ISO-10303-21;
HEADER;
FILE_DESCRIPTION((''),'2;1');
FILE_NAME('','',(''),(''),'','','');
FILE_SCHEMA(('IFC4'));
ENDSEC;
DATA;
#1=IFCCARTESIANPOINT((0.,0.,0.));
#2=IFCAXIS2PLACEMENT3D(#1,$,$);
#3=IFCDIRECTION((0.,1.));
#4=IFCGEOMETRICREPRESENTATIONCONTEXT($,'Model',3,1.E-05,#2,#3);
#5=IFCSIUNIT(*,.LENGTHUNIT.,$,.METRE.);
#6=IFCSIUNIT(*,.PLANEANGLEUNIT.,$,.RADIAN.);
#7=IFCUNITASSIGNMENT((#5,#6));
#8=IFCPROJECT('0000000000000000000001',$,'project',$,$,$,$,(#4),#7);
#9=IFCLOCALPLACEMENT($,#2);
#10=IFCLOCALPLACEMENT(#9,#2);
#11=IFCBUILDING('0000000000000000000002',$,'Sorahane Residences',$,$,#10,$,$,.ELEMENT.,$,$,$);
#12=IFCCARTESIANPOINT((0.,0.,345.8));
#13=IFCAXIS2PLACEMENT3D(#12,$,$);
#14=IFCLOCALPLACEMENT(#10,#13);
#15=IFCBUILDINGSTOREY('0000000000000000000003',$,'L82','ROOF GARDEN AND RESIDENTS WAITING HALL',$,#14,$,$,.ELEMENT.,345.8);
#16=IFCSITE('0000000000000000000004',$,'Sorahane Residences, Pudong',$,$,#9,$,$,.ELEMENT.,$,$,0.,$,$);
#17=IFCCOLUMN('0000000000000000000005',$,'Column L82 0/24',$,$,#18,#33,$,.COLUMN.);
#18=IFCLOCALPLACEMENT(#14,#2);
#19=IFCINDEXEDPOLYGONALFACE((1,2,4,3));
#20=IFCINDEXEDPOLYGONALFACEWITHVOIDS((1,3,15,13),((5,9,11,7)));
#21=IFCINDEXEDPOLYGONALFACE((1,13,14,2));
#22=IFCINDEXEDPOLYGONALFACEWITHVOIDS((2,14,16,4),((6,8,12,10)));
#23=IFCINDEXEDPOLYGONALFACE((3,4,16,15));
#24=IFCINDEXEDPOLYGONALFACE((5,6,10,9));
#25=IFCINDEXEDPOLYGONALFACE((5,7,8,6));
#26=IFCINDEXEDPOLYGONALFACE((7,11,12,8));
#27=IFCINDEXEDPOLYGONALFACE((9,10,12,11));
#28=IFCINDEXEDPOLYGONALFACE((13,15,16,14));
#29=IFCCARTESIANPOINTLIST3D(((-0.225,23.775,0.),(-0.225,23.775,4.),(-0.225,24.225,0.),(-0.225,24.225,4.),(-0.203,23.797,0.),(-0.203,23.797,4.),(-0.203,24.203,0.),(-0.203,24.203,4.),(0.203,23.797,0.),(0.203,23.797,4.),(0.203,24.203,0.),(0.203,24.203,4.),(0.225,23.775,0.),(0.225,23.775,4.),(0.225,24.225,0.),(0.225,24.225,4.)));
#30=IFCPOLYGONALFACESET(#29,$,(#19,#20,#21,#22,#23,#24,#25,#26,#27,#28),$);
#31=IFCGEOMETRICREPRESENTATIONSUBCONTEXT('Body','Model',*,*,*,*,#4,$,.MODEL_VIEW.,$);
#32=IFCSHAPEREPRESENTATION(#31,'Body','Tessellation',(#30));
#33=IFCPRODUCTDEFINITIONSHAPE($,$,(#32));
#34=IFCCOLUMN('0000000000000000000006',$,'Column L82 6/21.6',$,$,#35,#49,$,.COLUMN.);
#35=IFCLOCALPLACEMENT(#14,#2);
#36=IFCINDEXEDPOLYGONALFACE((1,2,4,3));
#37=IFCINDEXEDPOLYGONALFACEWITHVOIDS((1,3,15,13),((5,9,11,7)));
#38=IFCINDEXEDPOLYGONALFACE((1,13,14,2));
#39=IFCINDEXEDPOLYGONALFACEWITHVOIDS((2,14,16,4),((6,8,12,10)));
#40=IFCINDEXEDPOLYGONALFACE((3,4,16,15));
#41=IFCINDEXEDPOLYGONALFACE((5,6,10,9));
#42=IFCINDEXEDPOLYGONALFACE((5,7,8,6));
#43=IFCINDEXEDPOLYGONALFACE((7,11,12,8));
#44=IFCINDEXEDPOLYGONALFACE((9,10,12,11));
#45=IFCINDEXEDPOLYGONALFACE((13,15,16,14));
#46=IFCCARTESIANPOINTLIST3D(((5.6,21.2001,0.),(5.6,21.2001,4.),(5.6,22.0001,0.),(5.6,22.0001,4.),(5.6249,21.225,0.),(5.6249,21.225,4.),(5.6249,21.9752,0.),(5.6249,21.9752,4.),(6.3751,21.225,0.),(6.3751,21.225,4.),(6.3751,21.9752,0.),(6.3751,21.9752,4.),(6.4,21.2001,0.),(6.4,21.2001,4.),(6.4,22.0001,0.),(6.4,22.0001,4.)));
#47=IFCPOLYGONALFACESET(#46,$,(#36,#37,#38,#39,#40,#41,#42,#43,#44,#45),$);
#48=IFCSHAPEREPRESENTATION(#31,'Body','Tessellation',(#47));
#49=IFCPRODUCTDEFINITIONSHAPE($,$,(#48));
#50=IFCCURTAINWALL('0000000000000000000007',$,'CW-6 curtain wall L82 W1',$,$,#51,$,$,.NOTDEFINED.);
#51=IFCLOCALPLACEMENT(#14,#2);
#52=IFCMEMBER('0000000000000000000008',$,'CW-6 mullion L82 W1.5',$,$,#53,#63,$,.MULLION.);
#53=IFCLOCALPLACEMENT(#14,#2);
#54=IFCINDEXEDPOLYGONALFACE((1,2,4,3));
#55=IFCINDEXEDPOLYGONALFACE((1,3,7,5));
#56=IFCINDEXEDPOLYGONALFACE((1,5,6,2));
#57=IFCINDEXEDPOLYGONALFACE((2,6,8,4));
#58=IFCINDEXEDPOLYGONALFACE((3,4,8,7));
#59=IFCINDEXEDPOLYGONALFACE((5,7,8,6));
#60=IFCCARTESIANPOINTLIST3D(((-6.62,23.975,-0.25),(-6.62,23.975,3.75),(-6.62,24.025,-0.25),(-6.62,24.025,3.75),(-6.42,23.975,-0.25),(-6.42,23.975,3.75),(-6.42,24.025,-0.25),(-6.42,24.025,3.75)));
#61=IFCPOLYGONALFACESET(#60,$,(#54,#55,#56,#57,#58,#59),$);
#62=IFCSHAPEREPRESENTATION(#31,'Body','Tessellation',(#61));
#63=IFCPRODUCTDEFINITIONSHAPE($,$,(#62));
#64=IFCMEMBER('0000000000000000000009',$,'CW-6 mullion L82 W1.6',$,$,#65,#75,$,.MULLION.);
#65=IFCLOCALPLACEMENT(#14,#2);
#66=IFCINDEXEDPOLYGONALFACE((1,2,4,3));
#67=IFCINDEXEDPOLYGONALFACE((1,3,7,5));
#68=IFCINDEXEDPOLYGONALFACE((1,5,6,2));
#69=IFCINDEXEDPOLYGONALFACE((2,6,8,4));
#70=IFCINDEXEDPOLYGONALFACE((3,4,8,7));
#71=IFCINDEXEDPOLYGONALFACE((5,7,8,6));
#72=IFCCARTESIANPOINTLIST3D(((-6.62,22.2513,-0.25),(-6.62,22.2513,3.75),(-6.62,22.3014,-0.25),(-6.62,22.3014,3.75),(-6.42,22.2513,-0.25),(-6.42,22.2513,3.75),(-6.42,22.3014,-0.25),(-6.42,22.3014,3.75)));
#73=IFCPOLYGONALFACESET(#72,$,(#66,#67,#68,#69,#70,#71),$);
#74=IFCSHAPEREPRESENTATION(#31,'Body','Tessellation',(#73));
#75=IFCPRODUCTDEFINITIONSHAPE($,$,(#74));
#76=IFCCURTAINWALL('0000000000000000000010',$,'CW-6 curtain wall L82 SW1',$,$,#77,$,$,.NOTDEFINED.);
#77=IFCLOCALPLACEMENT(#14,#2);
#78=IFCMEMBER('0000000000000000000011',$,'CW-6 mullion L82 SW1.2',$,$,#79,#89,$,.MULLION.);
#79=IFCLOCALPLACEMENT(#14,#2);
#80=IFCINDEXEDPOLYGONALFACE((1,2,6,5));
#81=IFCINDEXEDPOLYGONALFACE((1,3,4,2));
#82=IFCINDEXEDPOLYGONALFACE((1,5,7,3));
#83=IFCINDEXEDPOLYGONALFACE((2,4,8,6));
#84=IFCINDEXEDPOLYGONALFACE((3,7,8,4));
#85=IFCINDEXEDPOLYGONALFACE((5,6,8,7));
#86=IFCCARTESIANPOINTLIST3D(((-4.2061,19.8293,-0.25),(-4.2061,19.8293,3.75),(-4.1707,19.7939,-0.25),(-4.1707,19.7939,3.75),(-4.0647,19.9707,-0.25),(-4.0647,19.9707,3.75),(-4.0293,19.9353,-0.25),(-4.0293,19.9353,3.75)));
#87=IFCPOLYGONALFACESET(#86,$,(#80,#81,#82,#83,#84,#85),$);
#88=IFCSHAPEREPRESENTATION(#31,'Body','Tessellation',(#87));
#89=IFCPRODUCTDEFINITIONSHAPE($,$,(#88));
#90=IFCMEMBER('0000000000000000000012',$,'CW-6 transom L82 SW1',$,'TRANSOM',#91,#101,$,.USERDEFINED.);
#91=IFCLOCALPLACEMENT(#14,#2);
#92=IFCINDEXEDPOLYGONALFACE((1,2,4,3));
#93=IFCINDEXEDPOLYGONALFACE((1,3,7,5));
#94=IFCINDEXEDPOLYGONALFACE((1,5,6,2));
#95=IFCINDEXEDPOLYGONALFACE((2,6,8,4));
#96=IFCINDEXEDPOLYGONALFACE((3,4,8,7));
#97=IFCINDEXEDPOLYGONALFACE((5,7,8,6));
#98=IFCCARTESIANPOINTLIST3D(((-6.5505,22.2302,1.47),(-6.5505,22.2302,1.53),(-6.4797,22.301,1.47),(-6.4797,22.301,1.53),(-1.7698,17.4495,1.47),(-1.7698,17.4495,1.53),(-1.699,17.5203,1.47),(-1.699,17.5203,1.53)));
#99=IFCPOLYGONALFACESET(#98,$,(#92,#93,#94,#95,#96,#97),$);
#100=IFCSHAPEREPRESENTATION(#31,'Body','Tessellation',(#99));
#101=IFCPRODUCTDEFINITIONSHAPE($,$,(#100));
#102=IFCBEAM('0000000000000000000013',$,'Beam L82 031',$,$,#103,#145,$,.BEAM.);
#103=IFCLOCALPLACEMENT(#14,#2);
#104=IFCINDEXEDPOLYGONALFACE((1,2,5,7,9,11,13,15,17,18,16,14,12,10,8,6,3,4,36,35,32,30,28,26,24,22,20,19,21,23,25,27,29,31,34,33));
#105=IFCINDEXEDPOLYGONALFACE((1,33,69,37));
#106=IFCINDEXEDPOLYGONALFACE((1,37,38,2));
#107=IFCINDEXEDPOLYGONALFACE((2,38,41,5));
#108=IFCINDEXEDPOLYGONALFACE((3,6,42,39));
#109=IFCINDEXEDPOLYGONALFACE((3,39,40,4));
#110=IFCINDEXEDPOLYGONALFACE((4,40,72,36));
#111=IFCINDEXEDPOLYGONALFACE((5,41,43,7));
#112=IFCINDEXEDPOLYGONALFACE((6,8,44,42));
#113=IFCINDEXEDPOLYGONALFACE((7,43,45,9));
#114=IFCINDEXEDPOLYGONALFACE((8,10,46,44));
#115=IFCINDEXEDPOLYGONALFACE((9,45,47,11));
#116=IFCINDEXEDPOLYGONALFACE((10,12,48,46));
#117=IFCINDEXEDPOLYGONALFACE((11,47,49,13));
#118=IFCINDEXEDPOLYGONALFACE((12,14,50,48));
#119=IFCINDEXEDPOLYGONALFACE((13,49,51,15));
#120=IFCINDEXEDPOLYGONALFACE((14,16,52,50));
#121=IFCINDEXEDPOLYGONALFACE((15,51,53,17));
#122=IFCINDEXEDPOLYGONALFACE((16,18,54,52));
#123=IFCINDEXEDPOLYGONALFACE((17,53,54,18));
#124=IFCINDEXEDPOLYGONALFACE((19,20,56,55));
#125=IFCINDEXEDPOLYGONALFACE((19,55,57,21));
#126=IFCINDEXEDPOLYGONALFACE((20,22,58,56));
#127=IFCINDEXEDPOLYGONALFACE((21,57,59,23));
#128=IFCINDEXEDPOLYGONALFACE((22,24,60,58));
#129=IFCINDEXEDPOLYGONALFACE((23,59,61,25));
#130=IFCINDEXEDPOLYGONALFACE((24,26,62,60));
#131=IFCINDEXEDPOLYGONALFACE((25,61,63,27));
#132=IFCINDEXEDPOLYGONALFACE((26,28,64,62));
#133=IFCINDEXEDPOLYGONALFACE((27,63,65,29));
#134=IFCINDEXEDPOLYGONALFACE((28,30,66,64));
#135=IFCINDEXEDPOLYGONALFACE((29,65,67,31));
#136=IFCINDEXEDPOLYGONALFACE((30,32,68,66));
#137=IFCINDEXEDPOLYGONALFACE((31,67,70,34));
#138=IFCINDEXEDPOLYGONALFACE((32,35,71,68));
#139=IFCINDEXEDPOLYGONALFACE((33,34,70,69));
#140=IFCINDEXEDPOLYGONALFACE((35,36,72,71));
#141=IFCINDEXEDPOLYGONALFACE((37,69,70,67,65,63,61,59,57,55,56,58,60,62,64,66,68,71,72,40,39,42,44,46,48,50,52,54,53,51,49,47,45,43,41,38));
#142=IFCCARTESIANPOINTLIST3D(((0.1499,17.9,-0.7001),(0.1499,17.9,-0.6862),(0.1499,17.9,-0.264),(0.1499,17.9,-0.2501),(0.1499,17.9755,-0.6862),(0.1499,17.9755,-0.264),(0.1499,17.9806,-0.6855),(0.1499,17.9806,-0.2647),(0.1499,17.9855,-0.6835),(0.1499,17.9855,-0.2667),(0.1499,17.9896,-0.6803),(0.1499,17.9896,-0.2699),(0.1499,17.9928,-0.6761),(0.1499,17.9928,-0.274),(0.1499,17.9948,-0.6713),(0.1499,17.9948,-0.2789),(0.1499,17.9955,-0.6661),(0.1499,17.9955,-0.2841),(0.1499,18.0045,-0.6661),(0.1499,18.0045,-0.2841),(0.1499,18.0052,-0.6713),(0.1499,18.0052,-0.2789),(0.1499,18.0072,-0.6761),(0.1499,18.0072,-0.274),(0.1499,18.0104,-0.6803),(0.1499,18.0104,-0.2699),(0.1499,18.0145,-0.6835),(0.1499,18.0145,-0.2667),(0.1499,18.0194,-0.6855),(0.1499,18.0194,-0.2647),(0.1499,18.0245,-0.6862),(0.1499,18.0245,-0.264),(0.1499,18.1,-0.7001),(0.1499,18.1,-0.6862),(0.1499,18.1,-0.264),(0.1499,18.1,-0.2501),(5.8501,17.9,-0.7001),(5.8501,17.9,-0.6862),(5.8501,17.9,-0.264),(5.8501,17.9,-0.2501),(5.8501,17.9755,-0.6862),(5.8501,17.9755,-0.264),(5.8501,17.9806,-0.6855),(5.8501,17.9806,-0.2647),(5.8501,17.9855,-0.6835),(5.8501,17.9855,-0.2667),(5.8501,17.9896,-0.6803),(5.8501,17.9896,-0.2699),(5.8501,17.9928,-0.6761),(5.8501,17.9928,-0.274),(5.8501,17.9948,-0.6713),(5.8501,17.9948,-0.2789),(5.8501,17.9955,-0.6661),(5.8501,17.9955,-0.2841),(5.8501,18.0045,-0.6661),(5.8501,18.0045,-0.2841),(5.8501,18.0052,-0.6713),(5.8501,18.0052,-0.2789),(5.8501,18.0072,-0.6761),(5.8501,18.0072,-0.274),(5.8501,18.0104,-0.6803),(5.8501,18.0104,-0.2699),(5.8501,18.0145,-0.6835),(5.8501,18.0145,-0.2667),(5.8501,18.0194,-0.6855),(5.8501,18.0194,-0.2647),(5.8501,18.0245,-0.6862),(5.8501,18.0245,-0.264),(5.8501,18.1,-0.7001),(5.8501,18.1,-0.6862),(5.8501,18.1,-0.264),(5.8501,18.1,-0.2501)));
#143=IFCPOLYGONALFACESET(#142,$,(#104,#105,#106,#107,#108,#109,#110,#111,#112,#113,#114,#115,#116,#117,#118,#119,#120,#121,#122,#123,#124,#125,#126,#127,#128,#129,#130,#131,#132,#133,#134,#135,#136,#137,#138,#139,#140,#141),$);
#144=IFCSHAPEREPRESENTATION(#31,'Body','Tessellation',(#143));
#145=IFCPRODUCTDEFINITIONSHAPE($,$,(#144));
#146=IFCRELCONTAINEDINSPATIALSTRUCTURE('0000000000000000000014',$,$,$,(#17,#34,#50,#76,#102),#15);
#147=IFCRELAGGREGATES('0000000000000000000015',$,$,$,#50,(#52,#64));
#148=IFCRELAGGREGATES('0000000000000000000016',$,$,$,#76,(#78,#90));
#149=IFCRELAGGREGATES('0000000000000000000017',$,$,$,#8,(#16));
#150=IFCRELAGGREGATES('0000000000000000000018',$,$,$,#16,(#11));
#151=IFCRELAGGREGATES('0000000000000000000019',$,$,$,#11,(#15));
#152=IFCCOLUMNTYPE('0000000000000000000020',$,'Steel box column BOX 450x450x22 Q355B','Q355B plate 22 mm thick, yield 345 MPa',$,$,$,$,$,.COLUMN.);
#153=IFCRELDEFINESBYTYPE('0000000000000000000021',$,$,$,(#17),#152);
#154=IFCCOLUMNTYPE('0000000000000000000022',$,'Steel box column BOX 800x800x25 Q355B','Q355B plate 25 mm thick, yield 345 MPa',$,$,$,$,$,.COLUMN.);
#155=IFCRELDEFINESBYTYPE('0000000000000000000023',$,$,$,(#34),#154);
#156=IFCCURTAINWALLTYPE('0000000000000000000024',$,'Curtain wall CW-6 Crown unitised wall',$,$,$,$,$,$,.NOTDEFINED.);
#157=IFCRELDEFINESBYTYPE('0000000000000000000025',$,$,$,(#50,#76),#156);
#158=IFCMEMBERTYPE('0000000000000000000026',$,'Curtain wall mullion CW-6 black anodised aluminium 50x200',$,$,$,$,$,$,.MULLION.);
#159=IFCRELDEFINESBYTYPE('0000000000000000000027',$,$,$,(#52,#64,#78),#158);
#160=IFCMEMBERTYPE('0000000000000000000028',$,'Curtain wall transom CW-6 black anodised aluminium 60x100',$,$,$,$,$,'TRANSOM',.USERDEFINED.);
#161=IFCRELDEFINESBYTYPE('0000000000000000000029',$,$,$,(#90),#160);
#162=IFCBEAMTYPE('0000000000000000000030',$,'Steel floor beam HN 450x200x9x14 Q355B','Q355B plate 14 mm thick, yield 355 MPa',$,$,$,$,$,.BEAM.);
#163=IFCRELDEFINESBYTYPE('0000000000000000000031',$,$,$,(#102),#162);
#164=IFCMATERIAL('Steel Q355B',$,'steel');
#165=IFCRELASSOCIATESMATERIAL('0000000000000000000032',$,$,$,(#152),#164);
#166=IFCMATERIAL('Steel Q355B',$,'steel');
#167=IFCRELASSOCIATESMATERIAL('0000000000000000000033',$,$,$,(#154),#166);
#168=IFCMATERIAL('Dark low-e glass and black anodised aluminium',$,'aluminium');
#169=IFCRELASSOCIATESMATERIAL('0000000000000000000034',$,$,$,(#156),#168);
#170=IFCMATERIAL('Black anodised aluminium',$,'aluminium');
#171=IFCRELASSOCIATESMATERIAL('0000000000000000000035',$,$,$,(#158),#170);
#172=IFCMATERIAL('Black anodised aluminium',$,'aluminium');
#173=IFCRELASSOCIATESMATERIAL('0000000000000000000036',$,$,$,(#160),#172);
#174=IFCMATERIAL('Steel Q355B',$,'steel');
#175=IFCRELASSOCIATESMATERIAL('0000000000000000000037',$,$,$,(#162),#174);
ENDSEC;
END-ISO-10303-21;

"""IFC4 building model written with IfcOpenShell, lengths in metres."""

from ifc_helpers import new_model, si_unit, direction, frame, origin, origin_2d, place, context, subcontext, project, spatial, rectangle, hollow_rectangle, i_section, extrude, material, material_profile, profile_set, type_object, element, aggregate, save


model = new_model("IFC4")

# Units and contexts
model_context = context("Model", 3, precision=1e-05, world=origin(), true_north=direction((0.0, 1.0)))
body_context = subcontext(model_context, "Body", "Model", "MODEL_VIEW")
ifc_project = project(units=[si_unit("LENGTHUNIT", "METRE"), si_unit("PLANEANGLEUNIT", "RADIAN")], contexts=[model_context])

# Site, building, storey
site_placement = place(None, origin())
site = spatial("IfcSite", under=ifc_project, at=site_placement, Name="Sorahane Residences, Pudong", CompositionType="ELEMENT", RefElevation=0.0)
building_placement = place(site_placement, origin())
building = spatial("IfcBuilding", under=site, at=building_placement, Name="Sorahane Residences", CompositionType="ELEMENT")
storey_placement = place(building_placement, frame((0.0, 0.0, 345.8)))
storey = spatial("IfcBuildingStorey", under=building, at=storey_placement, Name="L82", Description="ROOF GARDEN AND RESIDENTS WAITING HALL", CompositionType="ELEMENT", Elevation=345.8)

# Columns
ifc_material_1 = material(Name="Steel Q355B", Category="steel")
ifc_material_profile_1 = material_profile(ifc_material_1, hollow_rectangle(XDim=0.45, YDim=0.45, WallThickness=0.022, at=origin_2d()), Name="BOX 450x450x22")
ifc_profile_set_1 = profile_set([ifc_material_profile_1], Name="Steel Q355B")
column_type_1 = type_object("IfcColumnType", Name="Steel box column BOX 450x450x22 Q355B", Description="Q355B plate 22 mm thick, yield 345 MPa", PredefinedType="COLUMN", material=ifc_profile_set_1)
column_1_placement = place(storey_placement, frame((0.0, 24.0, 0.0), z_axis=(0.0, 0.0, 1.0), x_axis=(1.0, 0.0, 0.0)))
element("IfcColumn", 1, at=column_1_placement, inside=storey, type_object=column_type_1, Name="Column L82 0/24", PredefinedType="COLUMN", context=body_context, shape_type="SweptSolid", body=[
    extrude(hollow_rectangle(XDim=0.45, YDim=0.45, WallThickness=0.022, at=origin_2d()), origin(), (0.0, 0.0, 1.0), 4.0),
])
ifc_material_2 = material(Name="Steel Q355B", Category="steel")
ifc_material_profile_2 = material_profile(ifc_material_2, hollow_rectangle(XDim=0.8, YDim=0.8, WallThickness=0.0249, at=origin_2d()), Name="BOX 800x800x25")
ifc_profile_set_2 = profile_set([ifc_material_profile_2], Name="Steel Q355B")
column_type_2 = type_object("IfcColumnType", Name="Steel box column BOX 800x800x25 Q355B", Description="Q355B plate 25 mm thick, yield 345 MPa", PredefinedType="COLUMN", material=ifc_profile_set_2)
column_2_placement = place(storey_placement, frame((6.0, 21.6001, 0.0), z_axis=(0.0, 0.0, 1.0), x_axis=(1.0, 0.0, 0.0)))
element("IfcColumn", 2, at=column_2_placement, inside=storey, type_object=column_type_2, Name="Column L82 6/21.6", PredefinedType="COLUMN", context=body_context, shape_type="SweptSolid", body=[
    extrude(hollow_rectangle(XDim=0.8, YDim=0.8, WallThickness=0.0249, at=origin_2d()), origin(), (0.0, 0.0, 1.0), 4.0),
])

# Curtain walls, members
ifc_material_3 = material(Name="Dark low-e glass and black anodised aluminium", Category="aluminium")
curtain_wall_type = type_object("IfcCurtainWallType", Name="Curtain wall CW-6 Crown unitised wall", PredefinedType="NOTDEFINED", material=ifc_material_3)
curtain_wall_1_placement = place(storey_placement, origin())
curtain_wall_1 = element("IfcCurtainWall", 3, at=curtain_wall_1_placement, inside=storey, type_object=curtain_wall_type, Name="CW-6 curtain wall L82 W1", PredefinedType="NOTDEFINED")
ifc_material_4 = material(Name="Black anodised aluminium", Category="aluminium")
ifc_material_profile_3 = material_profile(ifc_material_4, rectangle(XDim=0.2, YDim=0.05, at=origin_2d()), Name="Curtain wall mullion CW-6 black anodised aluminium 50x200")
ifc_profile_set_3 = profile_set([ifc_material_profile_3], Name="Black anodised aluminium")
member_type_1 = type_object("IfcMemberType", Name="Curtain wall mullion CW-6 black anodised aluminium 50x200", PredefinedType="MULLION", material=ifc_profile_set_3)
member_1_placement = place(storey_placement, frame((-6.52, 24.0, -0.25), z_axis=(0.0, 0.0, 1.0), x_axis=(-1.0, 0.0, 0.0)))
member_1 = element("IfcMember", 4, at=member_1_placement, type_object=member_type_1, Name="CW-6 mullion L82 W1.5", PredefinedType="MULLION", context=body_context, shape_type="SweptSolid", body=[
    extrude(rectangle(XDim=0.2, YDim=0.05, at=origin_2d()), origin(), (0.0, 0.0, 1.0), 4.0),
])
member_2_placement = place(storey_placement, frame((-6.52, 22.2764, -0.25), z_axis=(0.0, 0.0, 1.0), x_axis=(-1.0, 0.0, 0.0)))
member_2 = element("IfcMember", 5, at=member_2_placement, type_object=member_type_1, Name="CW-6 mullion L82 W1.6", PredefinedType="MULLION", context=body_context, shape_type="SweptSolid", body=[
    extrude(rectangle(XDim=0.2, YDim=0.05, at=origin_2d()), origin(), (0.0, 0.0, 1.0), 4.0),
])
curtain_wall_2_placement = place(storey_placement, origin())
curtain_wall_2 = element("IfcCurtainWall", 6, at=curtain_wall_2_placement, inside=storey, type_object=curtain_wall_type, Name="CW-6 curtain wall L82 SW1", PredefinedType="NOTDEFINED")
member_3_placement = place(storey_placement, frame((-4.1177, 19.8823, -0.25), z_axis=(0.0, 0.0, 1.0), x_axis=(-0.707107, -0.707107, 0.0)))
member_3 = element("IfcMember", 7, at=member_3_placement, type_object=member_type_1, Name="CW-6 mullion L82 SW1.2", PredefinedType="MULLION", context=body_context, shape_type="SweptSolid", body=[
    extrude(rectangle(XDim=0.2, YDim=0.05, at=origin_2d()), origin(), (0.0, 0.0, 1.0), 4.0),
])
ifc_material_5 = material(Name="Black anodised aluminium", Category="aluminium")
ifc_material_profile_4 = material_profile(ifc_material_5, rectangle(XDim=0.1001, YDim=0.0601, at=origin_2d()), Name="Curtain wall transom CW-6 black anodised aluminium 60x100")
ifc_profile_set_4 = profile_set([ifc_material_profile_4], Name="Black anodised aluminium")
member_type_2 = type_object("IfcMemberType", Name="Curtain wall transom CW-6 black anodised aluminium 60x100", ElementType="TRANSOM", PredefinedType="USERDEFINED", material=ifc_profile_set_4)
member_4_placement = place(storey_placement, frame((-6.5151, 22.2656, 1.5), z_axis=(0.707107, -0.707107, 0.0), x_axis=(0.707107, 0.707107, 0.0)))
member_4 = element("IfcMember", 8, at=member_4_placement, type_object=member_type_2, Name="CW-6 transom L82 SW1", ObjectType="TRANSOM", PredefinedType="USERDEFINED", context=body_context, shape_type="SweptSolid", body=[
    extrude(rectangle(XDim=0.1001, YDim=0.0601, at=origin_2d()), origin(), (0.0, 0.0, 1.0), 6.761),
])

# Beam
ifc_material_6 = material(Name="Steel Q355B", Category="steel")
ifc_material_profile_5 = material_profile(ifc_material_6, i_section(OverallWidth=0.2, OverallDepth=0.45, WebThickness=0.009, FlangeThickness=0.0139, FilletRadius=0.02, at=origin_2d()), Name="HN 450x200x9x14")
ifc_profile_set_5 = profile_set([ifc_material_profile_5], Name="Steel Q355B")
beam_type_1 = type_object("IfcBeamType", Name="Steel floor beam HN 450x200x9x14 Q355B", Description="Q355B plate 14 mm thick, yield 355 MPa", PredefinedType="BEAM", material=ifc_profile_set_5)
beam_1_placement = place(storey_placement, frame((0.1499, 18.0, -0.4751), z_axis=(1.0, 0.0, 0.0), x_axis=(0.0, 1.0, 0.0)))
element("IfcBeam", 9, at=beam_1_placement, inside=storey, type_object=beam_type_1, Name="Beam L82 031", PredefinedType="BEAM", context=body_context, shape_type="SweptSolid", body=[
    extrude(i_section(OverallWidth=0.2, OverallDepth=0.45, WebThickness=0.009, FlangeThickness=0.0139, FilletRadius=0.02, at=origin_2d()), origin(), (0.0, 0.0, 1.0), 5.7002),
])

aggregate(curtain_wall_1, [member_1, member_2])
aggregate(curtain_wall_2, [member_3, member_4])

save(model, "model.ifc")
